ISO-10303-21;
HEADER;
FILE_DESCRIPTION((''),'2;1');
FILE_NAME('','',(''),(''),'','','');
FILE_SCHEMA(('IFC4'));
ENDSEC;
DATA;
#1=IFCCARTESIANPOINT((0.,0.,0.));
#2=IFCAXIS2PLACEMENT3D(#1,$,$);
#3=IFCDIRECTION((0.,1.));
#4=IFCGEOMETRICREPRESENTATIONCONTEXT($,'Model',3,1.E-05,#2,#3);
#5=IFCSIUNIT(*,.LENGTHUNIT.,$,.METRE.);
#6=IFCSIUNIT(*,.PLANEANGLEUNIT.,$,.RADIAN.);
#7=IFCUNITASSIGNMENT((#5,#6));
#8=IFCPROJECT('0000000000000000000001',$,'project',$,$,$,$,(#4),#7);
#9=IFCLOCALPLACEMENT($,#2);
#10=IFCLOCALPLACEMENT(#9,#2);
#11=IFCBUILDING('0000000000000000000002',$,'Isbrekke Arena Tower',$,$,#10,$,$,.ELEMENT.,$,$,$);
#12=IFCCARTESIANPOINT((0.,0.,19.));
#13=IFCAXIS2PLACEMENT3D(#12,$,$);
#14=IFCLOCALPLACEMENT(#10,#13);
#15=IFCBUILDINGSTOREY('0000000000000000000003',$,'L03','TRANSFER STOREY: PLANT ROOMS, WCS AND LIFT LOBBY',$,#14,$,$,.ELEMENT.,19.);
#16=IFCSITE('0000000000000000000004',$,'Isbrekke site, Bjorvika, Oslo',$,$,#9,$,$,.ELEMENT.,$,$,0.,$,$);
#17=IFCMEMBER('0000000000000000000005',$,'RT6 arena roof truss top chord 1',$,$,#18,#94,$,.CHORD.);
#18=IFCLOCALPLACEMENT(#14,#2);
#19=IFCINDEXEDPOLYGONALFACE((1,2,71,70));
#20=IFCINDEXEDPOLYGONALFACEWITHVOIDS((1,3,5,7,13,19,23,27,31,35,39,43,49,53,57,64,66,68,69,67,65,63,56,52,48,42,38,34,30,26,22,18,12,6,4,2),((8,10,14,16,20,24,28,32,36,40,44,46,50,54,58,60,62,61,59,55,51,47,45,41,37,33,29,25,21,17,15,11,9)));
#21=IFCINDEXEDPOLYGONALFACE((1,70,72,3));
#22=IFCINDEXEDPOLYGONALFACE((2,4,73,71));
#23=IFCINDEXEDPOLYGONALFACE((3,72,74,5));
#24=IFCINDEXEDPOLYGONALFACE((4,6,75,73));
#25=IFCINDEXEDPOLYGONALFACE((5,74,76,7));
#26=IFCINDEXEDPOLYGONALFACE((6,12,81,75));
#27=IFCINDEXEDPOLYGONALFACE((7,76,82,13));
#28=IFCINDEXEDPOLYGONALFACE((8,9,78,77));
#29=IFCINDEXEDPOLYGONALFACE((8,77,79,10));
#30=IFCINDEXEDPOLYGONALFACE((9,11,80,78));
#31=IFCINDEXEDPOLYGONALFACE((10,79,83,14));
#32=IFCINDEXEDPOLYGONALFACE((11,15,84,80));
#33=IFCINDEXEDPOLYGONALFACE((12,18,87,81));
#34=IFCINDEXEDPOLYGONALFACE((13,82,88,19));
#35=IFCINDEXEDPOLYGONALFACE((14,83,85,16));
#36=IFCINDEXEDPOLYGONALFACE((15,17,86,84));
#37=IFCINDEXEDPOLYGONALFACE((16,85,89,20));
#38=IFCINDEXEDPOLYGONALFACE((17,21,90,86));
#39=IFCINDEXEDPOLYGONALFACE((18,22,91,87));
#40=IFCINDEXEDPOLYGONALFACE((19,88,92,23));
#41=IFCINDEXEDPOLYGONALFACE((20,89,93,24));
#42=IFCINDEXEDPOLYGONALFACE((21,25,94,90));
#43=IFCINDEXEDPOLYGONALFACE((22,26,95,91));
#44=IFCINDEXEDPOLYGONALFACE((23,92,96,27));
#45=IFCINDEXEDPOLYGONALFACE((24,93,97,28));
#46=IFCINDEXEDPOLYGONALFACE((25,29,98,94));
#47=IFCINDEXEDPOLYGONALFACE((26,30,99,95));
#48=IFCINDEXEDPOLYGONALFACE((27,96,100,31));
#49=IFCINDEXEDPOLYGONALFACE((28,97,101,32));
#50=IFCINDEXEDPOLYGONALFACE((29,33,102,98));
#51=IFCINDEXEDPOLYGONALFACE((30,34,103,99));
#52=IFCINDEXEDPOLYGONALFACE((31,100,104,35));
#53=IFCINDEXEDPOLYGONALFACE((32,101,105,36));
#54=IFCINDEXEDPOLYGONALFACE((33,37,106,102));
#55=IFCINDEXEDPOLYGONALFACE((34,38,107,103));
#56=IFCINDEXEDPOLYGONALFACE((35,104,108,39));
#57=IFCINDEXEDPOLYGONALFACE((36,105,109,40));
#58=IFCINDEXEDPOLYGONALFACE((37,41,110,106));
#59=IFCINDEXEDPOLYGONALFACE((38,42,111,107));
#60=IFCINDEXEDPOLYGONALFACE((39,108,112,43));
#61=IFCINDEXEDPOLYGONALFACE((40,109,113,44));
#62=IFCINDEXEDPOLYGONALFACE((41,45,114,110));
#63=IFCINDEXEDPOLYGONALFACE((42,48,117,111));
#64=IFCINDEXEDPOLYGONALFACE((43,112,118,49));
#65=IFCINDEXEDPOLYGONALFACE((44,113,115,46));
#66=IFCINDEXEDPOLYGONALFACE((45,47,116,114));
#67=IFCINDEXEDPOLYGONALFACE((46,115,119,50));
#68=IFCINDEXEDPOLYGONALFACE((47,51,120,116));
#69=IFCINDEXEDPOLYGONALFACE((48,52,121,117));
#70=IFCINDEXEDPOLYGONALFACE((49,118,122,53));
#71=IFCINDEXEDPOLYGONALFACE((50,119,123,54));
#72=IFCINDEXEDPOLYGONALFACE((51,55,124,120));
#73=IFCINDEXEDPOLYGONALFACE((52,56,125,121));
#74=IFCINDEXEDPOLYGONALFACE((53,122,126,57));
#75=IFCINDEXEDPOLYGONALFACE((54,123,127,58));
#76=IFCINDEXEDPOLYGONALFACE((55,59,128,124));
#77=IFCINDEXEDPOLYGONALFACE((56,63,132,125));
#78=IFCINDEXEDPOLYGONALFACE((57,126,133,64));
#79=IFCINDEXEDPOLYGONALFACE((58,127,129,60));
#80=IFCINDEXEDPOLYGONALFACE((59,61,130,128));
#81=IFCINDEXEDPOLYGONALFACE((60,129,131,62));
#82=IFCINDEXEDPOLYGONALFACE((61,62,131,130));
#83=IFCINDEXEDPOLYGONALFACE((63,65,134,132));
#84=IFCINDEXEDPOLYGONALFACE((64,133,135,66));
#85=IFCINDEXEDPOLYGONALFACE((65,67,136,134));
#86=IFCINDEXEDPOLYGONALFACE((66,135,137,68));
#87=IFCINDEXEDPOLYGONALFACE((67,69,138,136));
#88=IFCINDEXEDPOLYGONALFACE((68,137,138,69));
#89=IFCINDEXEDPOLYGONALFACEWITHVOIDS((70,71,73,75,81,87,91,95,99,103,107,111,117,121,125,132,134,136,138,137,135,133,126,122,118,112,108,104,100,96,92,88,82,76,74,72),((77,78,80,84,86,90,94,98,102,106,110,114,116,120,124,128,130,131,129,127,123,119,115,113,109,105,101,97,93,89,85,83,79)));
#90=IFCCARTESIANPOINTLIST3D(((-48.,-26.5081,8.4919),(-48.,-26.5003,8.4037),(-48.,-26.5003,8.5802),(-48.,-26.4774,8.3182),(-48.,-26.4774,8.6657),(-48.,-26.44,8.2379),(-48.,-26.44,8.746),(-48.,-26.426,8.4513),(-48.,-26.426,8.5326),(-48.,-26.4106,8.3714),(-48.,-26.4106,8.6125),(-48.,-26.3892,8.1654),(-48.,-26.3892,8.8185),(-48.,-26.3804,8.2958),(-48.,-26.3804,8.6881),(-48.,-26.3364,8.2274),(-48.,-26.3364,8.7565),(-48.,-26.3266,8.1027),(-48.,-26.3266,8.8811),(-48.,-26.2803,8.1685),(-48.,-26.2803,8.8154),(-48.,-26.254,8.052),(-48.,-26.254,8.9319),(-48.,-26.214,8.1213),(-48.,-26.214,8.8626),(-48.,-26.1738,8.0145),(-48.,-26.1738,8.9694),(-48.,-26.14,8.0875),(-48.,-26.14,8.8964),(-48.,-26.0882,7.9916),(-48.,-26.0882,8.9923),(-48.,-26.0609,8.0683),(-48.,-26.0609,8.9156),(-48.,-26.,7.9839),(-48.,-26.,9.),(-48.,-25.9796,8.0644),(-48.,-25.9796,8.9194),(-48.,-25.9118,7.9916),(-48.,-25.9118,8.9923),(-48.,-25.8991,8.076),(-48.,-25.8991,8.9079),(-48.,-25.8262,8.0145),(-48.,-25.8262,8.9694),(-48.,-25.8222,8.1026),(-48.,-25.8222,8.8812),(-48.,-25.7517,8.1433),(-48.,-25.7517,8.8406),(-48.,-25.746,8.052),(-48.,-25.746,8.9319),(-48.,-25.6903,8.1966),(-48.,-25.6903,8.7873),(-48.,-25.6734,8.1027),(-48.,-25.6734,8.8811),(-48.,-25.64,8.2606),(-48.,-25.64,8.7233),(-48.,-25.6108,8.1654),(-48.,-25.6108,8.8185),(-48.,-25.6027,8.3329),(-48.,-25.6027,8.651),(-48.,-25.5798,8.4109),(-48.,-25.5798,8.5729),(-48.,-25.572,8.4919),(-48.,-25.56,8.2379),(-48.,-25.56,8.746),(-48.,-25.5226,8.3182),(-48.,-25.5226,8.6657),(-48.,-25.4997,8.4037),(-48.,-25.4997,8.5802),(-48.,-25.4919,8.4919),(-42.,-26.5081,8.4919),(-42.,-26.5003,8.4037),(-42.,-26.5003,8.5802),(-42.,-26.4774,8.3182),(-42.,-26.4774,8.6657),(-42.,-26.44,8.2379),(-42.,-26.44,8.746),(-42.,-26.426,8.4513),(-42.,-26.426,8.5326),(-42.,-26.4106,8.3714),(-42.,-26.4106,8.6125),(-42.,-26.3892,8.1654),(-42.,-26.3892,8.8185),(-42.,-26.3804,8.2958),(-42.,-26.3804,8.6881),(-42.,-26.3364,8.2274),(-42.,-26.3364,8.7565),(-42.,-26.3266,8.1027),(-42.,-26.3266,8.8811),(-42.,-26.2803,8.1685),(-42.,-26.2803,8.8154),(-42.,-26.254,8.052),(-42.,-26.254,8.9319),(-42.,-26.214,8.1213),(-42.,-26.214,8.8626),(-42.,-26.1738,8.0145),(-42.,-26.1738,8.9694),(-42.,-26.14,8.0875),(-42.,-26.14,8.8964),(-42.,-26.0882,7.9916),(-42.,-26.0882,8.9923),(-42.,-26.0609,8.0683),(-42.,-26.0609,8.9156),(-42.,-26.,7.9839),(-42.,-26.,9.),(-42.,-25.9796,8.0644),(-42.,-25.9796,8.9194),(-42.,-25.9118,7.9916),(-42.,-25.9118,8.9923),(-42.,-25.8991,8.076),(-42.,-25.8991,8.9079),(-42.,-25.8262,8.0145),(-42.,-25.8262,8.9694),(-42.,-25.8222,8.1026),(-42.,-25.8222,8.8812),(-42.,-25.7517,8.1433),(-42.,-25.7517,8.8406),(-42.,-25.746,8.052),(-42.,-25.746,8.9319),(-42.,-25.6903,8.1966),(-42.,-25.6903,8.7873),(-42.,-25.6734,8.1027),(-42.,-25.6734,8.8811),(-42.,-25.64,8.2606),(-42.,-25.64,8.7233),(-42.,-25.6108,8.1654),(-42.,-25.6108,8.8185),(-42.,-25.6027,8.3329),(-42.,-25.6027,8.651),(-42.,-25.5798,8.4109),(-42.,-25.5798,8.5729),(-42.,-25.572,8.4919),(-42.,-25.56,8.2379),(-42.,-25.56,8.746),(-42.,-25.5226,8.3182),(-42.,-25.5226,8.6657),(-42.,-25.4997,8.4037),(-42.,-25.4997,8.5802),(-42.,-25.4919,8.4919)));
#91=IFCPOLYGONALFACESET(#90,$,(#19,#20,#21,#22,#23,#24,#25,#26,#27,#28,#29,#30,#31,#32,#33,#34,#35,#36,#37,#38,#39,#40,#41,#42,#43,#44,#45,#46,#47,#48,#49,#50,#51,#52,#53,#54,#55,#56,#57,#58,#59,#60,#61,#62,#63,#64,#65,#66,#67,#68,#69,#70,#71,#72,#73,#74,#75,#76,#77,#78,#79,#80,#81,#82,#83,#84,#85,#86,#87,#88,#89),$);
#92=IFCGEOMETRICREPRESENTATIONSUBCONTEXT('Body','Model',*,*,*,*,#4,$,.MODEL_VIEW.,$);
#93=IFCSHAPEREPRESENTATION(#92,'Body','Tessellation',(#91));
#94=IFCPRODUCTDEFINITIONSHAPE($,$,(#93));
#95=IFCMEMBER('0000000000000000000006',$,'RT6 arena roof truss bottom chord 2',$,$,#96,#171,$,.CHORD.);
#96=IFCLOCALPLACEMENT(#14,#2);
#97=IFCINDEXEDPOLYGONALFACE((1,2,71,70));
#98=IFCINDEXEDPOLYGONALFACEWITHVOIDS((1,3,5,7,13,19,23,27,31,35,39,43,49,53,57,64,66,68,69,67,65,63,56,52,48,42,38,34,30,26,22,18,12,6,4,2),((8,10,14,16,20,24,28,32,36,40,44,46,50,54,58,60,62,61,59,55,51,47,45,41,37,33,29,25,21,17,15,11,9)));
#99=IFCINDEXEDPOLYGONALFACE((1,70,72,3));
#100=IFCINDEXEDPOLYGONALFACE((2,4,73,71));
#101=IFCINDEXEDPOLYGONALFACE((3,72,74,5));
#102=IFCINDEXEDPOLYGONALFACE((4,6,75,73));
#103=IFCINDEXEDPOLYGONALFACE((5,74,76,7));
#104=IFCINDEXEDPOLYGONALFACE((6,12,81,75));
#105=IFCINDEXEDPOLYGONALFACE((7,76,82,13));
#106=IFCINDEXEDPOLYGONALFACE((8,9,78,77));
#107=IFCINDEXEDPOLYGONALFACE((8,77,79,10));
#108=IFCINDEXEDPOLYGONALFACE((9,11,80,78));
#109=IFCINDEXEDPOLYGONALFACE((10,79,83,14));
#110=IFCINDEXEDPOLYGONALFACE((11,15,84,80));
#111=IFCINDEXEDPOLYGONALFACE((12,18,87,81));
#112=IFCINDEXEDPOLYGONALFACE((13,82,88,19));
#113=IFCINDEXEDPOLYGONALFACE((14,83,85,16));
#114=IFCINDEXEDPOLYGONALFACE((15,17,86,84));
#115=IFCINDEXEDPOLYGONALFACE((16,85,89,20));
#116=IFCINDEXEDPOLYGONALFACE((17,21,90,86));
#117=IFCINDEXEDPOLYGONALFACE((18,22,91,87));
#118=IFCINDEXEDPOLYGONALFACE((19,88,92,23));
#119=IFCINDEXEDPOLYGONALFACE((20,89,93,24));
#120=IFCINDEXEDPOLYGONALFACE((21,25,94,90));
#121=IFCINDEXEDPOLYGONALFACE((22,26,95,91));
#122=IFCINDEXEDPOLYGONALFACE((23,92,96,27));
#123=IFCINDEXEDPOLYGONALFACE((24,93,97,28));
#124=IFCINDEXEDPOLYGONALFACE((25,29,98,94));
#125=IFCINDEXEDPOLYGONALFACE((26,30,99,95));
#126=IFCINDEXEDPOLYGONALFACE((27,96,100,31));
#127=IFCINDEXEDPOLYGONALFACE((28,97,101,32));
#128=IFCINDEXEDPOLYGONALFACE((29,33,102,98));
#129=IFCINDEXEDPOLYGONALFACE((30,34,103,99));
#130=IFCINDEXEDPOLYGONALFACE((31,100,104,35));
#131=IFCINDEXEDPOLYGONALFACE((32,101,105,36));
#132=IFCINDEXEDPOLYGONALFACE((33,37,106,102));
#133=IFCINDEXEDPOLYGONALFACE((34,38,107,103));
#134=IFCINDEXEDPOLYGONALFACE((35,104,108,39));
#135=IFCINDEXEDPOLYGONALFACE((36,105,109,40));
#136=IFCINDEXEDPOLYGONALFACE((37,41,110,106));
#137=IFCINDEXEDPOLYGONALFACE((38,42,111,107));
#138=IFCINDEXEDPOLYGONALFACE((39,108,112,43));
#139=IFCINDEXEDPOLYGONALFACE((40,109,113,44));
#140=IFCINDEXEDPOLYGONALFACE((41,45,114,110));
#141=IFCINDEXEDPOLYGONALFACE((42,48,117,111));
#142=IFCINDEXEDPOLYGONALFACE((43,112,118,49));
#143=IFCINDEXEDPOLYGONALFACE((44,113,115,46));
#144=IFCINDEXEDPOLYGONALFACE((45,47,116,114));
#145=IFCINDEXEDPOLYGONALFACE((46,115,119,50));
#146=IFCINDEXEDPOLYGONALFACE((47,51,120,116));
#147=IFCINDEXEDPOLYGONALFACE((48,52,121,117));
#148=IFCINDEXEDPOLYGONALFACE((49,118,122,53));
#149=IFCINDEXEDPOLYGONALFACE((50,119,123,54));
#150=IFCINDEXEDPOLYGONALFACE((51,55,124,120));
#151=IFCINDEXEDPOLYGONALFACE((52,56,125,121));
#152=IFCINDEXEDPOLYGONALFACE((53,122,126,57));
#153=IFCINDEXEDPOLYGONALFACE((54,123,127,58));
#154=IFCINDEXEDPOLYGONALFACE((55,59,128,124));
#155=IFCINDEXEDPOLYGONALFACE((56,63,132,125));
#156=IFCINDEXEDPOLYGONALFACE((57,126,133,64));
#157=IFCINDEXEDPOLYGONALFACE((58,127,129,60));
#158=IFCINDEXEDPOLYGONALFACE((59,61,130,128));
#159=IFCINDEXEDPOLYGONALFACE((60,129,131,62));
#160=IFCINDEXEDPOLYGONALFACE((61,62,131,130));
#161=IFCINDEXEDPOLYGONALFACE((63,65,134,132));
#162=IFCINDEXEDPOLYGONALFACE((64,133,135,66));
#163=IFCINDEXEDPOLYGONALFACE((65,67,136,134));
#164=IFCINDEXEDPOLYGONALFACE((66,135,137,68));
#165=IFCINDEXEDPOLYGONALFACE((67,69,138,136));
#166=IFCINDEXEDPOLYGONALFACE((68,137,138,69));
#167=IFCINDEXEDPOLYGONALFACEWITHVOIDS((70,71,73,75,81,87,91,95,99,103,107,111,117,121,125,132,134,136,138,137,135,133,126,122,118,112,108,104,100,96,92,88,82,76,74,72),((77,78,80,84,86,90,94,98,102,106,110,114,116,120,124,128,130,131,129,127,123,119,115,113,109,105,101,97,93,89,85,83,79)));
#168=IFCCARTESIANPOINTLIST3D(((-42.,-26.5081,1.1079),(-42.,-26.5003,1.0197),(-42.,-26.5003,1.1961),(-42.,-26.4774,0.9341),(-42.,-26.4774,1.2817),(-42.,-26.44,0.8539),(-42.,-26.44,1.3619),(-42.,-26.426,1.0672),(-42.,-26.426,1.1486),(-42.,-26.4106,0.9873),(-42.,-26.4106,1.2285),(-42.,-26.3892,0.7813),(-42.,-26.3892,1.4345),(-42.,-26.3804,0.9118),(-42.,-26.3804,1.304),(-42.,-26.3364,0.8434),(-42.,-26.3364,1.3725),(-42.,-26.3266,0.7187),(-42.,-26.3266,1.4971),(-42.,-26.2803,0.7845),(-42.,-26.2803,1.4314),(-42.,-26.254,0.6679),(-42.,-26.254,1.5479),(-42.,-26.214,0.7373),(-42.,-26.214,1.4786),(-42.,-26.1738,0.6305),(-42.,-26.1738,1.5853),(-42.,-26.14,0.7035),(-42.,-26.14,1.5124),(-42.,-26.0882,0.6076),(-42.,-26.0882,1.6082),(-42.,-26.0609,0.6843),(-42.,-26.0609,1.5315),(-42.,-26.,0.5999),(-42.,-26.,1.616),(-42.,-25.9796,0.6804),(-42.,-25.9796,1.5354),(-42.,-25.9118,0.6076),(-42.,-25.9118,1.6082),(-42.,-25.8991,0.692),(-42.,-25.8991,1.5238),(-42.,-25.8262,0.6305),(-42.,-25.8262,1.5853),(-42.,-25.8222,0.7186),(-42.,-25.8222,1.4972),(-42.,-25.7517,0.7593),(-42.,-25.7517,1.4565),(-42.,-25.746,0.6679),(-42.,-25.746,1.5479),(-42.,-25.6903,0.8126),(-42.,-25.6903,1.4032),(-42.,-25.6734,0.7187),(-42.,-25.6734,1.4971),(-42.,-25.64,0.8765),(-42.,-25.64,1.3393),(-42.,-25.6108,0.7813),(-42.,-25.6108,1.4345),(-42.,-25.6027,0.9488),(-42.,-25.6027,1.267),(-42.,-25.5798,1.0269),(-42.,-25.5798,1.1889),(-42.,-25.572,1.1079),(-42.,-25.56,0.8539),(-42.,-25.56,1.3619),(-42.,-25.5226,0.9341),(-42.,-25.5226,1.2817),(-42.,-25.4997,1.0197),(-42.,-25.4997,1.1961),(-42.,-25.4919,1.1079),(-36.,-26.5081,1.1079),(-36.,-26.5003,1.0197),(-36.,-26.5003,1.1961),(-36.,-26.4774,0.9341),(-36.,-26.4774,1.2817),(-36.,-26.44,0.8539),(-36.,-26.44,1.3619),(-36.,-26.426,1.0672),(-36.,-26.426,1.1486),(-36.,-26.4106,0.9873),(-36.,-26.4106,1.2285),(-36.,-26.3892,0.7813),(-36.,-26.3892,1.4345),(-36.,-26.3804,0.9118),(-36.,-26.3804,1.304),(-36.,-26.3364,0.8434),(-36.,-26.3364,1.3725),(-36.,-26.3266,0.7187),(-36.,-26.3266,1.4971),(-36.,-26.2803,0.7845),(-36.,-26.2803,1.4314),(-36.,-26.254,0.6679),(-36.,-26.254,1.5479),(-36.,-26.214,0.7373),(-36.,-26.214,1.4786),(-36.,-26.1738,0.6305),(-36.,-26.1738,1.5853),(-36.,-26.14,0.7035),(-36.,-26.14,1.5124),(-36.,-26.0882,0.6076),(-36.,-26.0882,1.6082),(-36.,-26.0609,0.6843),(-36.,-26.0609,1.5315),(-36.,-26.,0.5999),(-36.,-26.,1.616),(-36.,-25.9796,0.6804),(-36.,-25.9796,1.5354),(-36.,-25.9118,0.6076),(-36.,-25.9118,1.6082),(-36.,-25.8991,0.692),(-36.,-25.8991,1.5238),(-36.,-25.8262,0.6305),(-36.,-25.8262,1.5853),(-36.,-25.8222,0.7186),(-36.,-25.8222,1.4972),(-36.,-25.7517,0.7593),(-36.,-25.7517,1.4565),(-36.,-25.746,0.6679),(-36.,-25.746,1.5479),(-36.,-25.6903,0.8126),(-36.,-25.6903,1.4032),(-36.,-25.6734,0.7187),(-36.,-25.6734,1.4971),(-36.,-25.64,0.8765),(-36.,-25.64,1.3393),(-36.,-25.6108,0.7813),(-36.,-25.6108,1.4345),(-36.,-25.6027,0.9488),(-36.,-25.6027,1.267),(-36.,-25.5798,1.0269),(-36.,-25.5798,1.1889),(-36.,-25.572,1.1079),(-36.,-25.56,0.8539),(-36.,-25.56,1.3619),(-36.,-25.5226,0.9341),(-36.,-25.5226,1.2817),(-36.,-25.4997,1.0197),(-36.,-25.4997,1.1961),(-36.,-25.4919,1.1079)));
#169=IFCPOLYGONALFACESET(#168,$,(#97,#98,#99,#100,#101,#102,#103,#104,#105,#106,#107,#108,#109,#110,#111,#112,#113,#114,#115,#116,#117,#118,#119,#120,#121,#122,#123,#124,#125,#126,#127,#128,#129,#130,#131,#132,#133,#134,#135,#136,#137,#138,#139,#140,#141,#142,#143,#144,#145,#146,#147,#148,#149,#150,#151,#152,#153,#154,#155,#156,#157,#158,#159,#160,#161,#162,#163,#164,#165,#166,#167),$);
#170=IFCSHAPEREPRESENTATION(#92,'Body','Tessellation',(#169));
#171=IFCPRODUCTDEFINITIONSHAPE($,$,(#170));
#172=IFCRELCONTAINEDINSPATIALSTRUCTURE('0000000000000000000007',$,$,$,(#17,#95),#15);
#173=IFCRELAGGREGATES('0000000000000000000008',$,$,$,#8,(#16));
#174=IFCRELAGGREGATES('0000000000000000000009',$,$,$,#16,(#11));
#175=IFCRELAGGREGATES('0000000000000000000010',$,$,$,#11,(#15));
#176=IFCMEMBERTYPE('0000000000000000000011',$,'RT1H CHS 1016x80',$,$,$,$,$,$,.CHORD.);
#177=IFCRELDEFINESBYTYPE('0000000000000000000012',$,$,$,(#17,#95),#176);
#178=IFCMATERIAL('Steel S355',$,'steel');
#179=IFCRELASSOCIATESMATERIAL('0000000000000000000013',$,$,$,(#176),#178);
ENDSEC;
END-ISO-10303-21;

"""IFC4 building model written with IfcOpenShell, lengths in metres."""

from ifc_helpers import new_model, si_unit, direction, frame, origin, origin_2d, place, context, subcontext, project, spatial, hollow_circle, extrude, material, material_profile, profile_set, type_object, element, save


model = new_model("IFC4")

# Units and contexts
model_context = context("Model", 3, precision=1e-05, world=origin(), true_north=direction((0.0, 1.0)))
body_context = subcontext(model_context, "Body", "Model", "MODEL_VIEW")
ifc_project = project(units=[si_unit("LENGTHUNIT", "METRE"), si_unit("PLANEANGLEUNIT", "RADIAN")], contexts=[model_context])

# Site, building, storey
site_placement = place(None, origin())
site = spatial("IfcSite", under=ifc_project, at=site_placement, Name="Isbrekke site, Bjorvika, Oslo", CompositionType="ELEMENT", RefElevation=0.0)
building_placement = place(site_placement, origin())
building = spatial("IfcBuilding", under=site, at=building_placement, Name="Isbrekke Arena Tower", CompositionType="ELEMENT")
storey_placement = place(building_placement, frame((0.0, 0.0, 19.0)))
storey = spatial("IfcBuildingStorey", under=building, at=storey_placement, Name="L03", Description="TRANSFER STOREY: PLANT ROOMS, WCS AND LIFT LOBBY", CompositionType="ELEMENT", Elevation=19.0)

# Members
ifc_material_1 = material(Name="Steel S355", Category="steel")
ifc_material_profile_1 = material_profile(ifc_material_1, hollow_circle(Radius=0.5081, WallThickness=0.0801, at=origin_2d()), Name="CHS 1016x80")
ifc_profile_set_1 = profile_set([ifc_material_profile_1], Name="Steel S355")
member_type_1 = type_object("IfcMemberType", Name="RT1H CHS 1016x80", PredefinedType="CHORD", material=ifc_profile_set_1)
for number, where, z_axis, x_axis, name in (
    (1, (-48.0, -26.0, 8.4919), (1.0, 0.0, 0.0), (0.0, 1.0, 0.0), "RT6 arena roof truss top chord 1"),
    (2, (-42.0, -26.0, 1.1079), (1.0, 0.0, 0.0), (0.0, 1.0, 0.0), "RT6 arena roof truss bottom chord 2"),
):
    element("IfcMember", number, at=place(storey_placement, frame(where, z_axis=z_axis, x_axis=x_axis)), inside=storey, type_object=member_type_1, Name=name, PredefinedType="CHORD", context=body_context, shape_type="SweptSolid", body=[
        extrude(hollow_circle(Radius=0.5081, WallThickness=0.0801, at=origin_2d()), origin(), (0.0, 0.0, 1.0), 6.0),
    ])

save(model, "model.ifc")
